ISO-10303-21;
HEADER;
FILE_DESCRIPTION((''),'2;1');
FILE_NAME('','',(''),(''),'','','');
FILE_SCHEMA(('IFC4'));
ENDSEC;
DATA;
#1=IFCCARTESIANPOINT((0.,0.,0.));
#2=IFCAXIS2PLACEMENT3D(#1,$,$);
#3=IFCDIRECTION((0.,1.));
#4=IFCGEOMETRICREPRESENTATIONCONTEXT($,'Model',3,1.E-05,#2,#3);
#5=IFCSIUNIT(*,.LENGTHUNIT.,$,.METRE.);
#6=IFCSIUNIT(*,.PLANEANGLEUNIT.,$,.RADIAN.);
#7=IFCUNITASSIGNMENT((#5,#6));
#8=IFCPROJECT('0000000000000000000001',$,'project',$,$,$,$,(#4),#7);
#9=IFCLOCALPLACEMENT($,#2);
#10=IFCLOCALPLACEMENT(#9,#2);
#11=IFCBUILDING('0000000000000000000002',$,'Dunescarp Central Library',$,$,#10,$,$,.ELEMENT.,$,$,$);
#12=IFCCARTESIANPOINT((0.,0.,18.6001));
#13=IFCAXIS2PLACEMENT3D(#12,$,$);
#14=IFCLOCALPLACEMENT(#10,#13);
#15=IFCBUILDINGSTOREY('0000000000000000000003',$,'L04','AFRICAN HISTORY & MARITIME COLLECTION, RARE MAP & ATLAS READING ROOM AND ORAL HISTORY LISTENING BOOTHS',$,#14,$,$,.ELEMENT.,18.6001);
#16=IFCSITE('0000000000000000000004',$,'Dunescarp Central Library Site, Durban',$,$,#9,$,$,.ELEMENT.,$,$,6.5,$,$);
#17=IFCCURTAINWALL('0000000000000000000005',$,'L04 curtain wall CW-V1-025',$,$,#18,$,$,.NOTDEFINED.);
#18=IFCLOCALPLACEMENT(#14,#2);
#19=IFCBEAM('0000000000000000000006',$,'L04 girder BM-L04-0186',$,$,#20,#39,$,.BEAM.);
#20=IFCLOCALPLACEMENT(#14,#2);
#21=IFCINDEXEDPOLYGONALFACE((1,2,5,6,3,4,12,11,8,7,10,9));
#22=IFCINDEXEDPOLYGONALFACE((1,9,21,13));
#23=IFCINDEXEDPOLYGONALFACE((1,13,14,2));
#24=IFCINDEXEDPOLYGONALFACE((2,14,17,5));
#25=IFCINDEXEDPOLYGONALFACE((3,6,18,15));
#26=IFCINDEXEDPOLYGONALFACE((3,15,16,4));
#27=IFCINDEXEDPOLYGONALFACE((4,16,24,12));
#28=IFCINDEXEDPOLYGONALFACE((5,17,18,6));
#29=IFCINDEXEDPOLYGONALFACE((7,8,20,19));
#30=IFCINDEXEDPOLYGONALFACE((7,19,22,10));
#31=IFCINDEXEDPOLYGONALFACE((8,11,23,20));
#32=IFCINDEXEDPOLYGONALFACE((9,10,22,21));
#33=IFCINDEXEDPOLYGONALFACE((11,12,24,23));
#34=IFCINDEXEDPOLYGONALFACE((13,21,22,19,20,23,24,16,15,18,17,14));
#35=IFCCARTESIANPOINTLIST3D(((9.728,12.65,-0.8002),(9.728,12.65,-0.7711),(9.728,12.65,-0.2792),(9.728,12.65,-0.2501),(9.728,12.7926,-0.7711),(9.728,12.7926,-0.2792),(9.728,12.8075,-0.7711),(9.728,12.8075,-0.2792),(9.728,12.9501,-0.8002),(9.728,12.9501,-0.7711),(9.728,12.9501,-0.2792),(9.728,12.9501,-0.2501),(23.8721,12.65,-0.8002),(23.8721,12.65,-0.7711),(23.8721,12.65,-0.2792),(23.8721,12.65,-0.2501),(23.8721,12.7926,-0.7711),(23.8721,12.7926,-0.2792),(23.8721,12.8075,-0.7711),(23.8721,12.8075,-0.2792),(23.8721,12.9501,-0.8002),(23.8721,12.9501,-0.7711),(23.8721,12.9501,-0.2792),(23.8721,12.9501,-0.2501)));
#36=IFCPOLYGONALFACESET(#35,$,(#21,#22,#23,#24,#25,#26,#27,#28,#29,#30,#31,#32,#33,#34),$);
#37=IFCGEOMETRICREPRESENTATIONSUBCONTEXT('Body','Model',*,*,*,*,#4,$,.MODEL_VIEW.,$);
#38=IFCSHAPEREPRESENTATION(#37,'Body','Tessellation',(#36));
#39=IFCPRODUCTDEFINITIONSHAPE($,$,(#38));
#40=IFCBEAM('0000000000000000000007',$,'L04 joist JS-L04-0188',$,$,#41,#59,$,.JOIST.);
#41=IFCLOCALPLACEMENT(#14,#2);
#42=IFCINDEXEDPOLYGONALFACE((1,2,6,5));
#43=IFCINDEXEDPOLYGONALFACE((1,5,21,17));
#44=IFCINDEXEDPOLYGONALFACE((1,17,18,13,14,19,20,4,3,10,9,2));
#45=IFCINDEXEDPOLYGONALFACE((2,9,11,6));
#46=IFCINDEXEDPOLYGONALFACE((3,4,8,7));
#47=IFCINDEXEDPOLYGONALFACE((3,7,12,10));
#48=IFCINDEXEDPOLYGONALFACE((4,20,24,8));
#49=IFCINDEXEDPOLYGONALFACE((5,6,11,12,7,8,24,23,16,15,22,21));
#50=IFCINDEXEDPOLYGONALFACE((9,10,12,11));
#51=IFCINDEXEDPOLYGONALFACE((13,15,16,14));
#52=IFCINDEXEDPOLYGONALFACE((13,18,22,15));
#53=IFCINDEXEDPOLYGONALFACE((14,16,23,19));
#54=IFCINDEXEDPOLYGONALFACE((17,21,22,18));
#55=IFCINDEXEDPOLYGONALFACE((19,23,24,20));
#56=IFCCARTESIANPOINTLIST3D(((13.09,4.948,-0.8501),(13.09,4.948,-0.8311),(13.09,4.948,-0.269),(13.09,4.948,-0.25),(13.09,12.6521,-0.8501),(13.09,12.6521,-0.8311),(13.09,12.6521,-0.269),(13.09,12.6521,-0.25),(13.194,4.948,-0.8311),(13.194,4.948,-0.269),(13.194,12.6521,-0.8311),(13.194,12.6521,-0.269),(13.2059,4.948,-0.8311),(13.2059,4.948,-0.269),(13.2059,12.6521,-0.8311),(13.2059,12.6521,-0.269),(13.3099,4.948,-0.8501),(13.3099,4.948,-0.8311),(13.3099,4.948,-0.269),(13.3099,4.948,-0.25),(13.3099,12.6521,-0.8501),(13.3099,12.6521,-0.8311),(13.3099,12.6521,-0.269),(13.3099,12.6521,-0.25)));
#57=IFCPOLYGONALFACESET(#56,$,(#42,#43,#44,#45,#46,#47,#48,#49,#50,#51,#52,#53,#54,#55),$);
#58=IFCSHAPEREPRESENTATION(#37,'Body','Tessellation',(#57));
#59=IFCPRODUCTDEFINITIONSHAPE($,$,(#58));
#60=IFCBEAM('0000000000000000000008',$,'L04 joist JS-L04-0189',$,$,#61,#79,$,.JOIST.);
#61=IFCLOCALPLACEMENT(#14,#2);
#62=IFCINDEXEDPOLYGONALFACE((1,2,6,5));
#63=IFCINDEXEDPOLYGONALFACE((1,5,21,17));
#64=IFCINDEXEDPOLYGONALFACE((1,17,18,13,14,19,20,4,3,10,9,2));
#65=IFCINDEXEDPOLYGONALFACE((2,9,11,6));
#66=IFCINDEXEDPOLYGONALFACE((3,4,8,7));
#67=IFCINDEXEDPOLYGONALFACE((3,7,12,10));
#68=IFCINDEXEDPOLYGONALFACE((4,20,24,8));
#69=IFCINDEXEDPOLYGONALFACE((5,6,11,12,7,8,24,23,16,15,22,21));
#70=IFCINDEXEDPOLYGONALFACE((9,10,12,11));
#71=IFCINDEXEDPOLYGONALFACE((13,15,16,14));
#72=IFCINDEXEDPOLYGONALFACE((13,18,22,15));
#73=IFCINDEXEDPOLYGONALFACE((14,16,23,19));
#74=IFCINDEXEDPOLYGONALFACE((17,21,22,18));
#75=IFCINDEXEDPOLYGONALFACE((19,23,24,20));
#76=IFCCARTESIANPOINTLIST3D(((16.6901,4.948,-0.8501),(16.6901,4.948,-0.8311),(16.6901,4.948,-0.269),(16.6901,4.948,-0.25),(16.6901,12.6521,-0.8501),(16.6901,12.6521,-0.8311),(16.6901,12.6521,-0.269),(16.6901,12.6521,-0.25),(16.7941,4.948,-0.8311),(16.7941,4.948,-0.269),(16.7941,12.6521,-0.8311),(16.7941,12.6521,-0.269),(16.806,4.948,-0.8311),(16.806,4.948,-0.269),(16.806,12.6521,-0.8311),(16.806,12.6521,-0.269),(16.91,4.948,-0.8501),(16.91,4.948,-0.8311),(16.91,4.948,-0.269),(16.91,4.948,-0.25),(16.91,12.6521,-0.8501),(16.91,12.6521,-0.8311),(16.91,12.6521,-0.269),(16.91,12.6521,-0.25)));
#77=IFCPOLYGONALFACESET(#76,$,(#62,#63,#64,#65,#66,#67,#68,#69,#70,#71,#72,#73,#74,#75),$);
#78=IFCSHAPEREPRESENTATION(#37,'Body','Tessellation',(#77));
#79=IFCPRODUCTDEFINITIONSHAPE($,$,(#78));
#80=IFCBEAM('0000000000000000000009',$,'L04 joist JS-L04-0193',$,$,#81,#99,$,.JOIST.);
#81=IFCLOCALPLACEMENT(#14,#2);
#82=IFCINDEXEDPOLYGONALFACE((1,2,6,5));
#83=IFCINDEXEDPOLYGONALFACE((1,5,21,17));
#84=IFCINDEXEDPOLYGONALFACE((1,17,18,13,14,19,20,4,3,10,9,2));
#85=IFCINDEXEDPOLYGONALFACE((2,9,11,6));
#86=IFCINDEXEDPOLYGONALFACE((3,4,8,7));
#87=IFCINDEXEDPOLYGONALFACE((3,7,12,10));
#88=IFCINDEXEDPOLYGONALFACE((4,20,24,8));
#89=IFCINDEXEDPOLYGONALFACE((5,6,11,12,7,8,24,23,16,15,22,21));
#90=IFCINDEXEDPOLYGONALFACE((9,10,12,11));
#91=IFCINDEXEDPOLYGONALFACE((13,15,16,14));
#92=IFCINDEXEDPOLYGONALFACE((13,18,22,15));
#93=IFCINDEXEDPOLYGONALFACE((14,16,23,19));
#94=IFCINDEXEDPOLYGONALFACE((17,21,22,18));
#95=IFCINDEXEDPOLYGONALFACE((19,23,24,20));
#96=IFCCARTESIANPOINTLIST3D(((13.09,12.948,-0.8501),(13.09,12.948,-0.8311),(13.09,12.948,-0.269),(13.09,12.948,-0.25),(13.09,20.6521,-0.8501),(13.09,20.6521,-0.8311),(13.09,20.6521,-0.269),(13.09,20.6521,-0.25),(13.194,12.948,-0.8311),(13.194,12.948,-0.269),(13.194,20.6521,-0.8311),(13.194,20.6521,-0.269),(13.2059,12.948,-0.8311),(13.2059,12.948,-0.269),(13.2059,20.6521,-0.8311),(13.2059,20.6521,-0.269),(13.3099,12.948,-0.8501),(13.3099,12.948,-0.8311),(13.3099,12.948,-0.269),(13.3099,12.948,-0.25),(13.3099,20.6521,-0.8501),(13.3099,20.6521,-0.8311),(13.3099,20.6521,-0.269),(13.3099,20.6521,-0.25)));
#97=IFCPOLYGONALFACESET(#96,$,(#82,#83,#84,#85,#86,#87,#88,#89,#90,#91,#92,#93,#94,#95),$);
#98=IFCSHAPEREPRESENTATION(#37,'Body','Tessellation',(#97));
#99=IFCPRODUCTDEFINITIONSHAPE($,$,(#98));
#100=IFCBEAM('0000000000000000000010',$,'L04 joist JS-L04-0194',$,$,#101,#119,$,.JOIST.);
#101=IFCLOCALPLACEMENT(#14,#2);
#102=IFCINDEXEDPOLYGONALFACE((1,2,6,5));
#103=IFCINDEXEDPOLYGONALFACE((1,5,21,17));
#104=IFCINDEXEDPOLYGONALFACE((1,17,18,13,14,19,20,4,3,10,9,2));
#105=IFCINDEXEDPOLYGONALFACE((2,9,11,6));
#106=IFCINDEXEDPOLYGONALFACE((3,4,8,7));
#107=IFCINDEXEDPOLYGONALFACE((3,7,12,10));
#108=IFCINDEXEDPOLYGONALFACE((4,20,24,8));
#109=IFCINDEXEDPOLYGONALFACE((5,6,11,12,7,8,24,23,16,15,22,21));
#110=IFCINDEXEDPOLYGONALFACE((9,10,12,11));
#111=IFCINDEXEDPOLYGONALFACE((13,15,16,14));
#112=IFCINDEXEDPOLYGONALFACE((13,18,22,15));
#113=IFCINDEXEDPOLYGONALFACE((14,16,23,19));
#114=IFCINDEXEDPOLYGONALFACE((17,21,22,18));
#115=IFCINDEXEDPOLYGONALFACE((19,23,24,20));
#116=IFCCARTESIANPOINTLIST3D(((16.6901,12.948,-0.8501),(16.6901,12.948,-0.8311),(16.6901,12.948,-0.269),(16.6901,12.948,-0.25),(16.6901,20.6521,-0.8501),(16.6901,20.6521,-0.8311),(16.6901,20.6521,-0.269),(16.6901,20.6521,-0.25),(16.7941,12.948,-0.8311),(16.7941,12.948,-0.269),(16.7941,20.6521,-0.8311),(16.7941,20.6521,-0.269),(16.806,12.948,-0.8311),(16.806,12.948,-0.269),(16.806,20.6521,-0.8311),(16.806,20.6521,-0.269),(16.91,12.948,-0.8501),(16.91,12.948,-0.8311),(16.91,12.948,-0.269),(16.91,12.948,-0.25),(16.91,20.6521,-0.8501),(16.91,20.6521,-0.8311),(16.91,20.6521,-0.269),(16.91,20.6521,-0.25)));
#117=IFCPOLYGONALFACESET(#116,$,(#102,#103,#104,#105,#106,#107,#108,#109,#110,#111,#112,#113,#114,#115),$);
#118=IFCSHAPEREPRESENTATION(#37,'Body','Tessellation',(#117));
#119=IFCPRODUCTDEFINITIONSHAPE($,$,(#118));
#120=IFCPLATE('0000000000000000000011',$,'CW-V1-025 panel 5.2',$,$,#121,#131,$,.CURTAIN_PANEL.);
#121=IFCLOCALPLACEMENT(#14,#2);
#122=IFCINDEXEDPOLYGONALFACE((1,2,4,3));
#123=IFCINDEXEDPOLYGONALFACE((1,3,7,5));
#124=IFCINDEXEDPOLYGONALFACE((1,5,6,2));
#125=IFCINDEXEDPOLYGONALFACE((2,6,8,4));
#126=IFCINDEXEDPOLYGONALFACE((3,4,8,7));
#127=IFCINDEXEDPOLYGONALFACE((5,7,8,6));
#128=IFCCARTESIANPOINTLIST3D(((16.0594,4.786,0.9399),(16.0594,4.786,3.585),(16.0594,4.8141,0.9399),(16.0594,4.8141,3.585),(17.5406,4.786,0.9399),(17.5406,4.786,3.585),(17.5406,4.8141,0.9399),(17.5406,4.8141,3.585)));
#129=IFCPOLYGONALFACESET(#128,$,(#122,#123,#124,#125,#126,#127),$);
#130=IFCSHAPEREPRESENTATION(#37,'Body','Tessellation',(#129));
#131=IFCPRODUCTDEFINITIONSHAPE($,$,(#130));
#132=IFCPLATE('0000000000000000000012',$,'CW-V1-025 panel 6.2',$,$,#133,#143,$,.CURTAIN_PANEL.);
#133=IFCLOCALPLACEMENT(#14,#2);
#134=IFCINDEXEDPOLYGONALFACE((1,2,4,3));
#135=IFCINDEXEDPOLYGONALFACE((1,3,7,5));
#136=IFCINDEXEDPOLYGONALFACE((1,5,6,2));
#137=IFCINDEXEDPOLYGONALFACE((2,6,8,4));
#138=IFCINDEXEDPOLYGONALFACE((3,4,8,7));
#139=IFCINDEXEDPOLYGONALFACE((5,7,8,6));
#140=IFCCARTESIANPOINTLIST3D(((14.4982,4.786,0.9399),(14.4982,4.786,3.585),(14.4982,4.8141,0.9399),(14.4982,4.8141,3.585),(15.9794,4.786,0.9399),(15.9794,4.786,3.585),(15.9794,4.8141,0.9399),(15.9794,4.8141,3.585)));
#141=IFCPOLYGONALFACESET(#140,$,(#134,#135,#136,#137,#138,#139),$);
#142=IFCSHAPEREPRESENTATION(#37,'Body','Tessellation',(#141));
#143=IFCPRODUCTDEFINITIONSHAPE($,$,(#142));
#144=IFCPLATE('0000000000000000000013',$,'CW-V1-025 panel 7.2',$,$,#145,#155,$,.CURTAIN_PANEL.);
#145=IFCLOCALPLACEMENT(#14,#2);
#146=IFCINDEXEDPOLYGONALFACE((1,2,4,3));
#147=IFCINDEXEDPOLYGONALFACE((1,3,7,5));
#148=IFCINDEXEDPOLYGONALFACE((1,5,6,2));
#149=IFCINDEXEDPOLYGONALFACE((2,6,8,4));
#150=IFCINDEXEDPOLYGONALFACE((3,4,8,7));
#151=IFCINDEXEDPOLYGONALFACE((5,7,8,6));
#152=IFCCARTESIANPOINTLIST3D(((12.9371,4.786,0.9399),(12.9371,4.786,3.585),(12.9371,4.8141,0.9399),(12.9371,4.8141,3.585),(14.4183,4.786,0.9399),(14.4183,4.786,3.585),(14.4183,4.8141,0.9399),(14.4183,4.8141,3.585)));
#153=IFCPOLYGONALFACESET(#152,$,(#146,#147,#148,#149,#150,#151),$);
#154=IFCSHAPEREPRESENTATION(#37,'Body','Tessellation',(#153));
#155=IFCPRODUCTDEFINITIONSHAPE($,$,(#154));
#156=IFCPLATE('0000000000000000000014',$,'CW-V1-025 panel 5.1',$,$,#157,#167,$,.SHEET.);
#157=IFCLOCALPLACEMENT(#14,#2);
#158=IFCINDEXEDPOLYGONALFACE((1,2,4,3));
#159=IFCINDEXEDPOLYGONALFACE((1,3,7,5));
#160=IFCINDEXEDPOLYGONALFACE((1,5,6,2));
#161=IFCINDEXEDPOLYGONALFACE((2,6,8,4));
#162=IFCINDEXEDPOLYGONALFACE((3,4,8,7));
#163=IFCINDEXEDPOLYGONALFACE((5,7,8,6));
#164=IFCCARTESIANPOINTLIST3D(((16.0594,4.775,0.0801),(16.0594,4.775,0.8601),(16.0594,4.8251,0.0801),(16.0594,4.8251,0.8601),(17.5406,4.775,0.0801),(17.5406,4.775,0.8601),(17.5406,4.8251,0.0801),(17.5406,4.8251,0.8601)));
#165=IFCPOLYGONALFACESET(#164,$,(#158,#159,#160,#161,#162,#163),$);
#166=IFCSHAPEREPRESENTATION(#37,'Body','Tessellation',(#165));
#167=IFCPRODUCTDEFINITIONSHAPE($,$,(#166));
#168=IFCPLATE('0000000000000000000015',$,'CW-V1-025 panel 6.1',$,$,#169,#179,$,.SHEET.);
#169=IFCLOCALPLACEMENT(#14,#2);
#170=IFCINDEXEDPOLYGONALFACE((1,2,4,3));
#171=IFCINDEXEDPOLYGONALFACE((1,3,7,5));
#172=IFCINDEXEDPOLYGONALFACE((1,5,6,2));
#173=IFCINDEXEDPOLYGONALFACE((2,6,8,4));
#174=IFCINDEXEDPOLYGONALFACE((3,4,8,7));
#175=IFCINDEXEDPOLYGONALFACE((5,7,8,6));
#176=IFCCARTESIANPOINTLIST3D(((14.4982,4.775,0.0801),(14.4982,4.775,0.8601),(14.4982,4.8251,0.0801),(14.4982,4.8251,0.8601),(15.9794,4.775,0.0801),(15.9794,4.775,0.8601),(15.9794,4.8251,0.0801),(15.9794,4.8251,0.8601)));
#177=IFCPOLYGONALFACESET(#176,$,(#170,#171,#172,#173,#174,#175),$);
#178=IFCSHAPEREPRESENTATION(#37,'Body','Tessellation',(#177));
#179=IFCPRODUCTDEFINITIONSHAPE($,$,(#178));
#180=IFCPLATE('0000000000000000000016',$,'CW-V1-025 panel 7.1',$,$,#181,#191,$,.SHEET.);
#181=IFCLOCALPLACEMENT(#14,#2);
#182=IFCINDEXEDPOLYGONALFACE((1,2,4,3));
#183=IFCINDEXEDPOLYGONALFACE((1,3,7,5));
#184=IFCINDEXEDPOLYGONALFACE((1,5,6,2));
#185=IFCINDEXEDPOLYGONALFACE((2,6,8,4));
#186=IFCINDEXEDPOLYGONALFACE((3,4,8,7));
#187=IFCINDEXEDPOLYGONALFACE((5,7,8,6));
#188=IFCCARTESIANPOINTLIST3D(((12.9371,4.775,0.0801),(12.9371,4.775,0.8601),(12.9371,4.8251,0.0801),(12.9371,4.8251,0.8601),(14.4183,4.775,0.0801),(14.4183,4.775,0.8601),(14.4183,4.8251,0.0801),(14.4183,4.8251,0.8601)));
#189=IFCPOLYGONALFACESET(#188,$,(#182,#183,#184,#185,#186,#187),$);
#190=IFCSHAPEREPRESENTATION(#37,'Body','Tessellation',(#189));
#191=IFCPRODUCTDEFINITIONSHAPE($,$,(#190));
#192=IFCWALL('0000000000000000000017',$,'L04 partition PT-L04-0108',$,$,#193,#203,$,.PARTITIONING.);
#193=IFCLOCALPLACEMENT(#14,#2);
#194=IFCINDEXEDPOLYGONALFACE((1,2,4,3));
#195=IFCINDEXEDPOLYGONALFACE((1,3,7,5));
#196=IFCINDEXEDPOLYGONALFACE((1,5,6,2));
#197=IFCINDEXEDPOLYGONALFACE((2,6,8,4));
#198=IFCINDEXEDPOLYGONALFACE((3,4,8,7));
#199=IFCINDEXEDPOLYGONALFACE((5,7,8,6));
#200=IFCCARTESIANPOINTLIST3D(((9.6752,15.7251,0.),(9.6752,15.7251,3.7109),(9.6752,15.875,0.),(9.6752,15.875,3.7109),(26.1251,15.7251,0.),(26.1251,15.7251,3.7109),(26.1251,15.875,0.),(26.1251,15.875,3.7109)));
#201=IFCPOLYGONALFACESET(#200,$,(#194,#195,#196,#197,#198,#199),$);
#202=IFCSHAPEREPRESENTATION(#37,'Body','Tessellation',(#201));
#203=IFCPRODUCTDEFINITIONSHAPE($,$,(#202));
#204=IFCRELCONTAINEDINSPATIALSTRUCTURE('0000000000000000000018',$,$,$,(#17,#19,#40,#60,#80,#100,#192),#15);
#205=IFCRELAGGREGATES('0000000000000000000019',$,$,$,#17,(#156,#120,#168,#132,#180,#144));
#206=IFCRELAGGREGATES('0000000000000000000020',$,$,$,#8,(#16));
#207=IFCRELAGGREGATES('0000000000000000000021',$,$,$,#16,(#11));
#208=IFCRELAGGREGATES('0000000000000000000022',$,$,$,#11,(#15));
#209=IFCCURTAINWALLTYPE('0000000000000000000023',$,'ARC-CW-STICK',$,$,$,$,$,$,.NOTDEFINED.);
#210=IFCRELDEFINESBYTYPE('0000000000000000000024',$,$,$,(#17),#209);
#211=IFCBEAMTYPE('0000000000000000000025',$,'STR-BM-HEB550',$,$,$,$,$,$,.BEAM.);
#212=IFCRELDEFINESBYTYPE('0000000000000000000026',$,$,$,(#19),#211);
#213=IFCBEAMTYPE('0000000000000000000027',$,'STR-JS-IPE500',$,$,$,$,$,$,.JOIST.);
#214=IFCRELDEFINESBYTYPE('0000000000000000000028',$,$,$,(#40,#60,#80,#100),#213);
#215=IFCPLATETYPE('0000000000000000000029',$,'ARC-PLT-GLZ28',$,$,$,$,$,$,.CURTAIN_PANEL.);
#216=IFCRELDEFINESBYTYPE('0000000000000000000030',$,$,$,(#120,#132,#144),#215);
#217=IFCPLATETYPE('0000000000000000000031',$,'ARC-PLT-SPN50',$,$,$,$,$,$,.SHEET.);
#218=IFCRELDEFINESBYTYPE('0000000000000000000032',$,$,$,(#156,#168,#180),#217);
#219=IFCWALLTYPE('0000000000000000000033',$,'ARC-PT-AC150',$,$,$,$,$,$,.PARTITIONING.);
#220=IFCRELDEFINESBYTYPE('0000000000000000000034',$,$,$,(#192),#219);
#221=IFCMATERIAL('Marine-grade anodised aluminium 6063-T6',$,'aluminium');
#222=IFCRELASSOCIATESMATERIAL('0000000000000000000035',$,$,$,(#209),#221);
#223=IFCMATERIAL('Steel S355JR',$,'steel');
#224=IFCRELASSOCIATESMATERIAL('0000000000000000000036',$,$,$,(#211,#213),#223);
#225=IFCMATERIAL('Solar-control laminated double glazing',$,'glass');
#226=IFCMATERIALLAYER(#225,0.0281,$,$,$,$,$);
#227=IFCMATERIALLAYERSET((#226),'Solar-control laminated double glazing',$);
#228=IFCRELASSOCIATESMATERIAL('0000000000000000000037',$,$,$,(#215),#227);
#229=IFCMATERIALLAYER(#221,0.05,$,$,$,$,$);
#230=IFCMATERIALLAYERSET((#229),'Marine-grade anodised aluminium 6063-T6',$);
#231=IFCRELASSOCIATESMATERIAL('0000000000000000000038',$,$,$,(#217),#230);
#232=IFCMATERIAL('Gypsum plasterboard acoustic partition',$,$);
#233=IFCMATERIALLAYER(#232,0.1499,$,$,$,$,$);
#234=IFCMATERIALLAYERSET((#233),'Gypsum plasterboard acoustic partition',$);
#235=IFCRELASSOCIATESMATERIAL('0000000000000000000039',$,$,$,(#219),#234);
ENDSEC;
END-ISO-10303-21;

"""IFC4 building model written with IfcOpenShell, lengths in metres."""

from ifc_helpers import new_model, si_unit, direction, frame, frame_2d, origin, origin_2d, place, context, subcontext, project, spatial, rectangle, i_section, extrude, material, layer, layer_set, material_profile, profile_set, type_object, element, aggregate, save


model = new_model("IFC4")

# Units and contexts
model_context = context("Model", 3, precision=1e-05, world=origin(), true_north=direction((0.0, 1.0)))
body_context = subcontext(model_context, "Body", "Model", "MODEL_VIEW")
ifc_project = project(units=[si_unit("LENGTHUNIT", "METRE"), si_unit("PLANEANGLEUNIT", "RADIAN")], contexts=[model_context])

# Site, building, storey
site_placement = place(None, origin())
site = spatial("IfcSite", under=ifc_project, at=site_placement, Name="Dunescarp Central Library Site, Durban", CompositionType="ELEMENT", RefElevation=6.5)
building_placement = place(site_placement, origin())
building = spatial("IfcBuilding", under=site, at=building_placement, Name="Dunescarp Central Library", CompositionType="ELEMENT")
storey_placement = place(building_placement, frame((0.0, 0.0, 18.6001)))
storey = spatial("IfcBuildingStorey", under=building, at=storey_placement, Name="L04", Description="AFRICAN HISTORY & MARITIME COLLECTION, RARE MAP & ATLAS READING ROOM AND ORAL HISTORY LISTENING BOOTHS", CompositionType="ELEMENT", Elevation=18.6001)

# Shared definitions
ifc_material_1 = material(Name="Steel S355JR", Category="steel")

# Curtain wall
ifc_material_2 = material(Name="Marine-grade anodised aluminium 6063-T6", Category="aluminium")
curtain_wall_type = type_object("IfcCurtainWallType", Name="ARC-CW-STICK", PredefinedType="NOTDEFINED", material=ifc_material_2)
curtain_wall_placement = place(storey_placement, origin())
curtain_wall = element("IfcCurtainWall", 1, at=curtain_wall_placement, inside=storey, type_object=curtain_wall_type, Name="L04 curtain wall CW-V1-025", PredefinedType="NOTDEFINED")

# Beams
ifc_material_profile_1 = material_profile(ifc_material_1, i_section(OverallWidth=0.3, OverallDepth=0.55, WebThickness=0.0149, FlangeThickness=0.0291, at=origin_2d()), Name="HEB 550")
ifc_profile_set_1 = profile_set([ifc_material_profile_1], Name="Steel S355JR")
beam_type_1 = type_object("IfcBeamType", Name="STR-BM-HEB550", PredefinedType="BEAM", material=ifc_profile_set_1)
beam_placement = place(storey_placement, frame((9.728, 12.8, -0.5251), z_axis=(1.0, 0.0, 0.0), x_axis=(0.0, 1.0, 0.0)))
element("IfcBeam", 2, at=beam_placement, inside=storey, type_object=beam_type_1, Name="L04 girder BM-L04-0186", PredefinedType="BEAM", context=body_context, shape_type="SweptSolid", body=[
    extrude(i_section(OverallWidth=0.3, OverallDepth=0.55, WebThickness=0.0149, FlangeThickness=0.0291, at=origin_2d()), origin(), (0.0, 0.0, 1.0), 14.144),
])
ifc_material_profile_2 = material_profile(ifc_material_1, i_section(OverallWidth=0.22, OverallDepth=0.6001, WebThickness=0.012, FlangeThickness=0.019, at=origin_2d()), Name="IPE 600")
ifc_profile_set_2 = profile_set([ifc_material_profile_2], Name="Steel S355JR")
beam_type_2 = type_object("IfcBeamType", Name="STR-JS-IPE500", PredefinedType="JOIST", material=ifc_profile_set_2)
for number, where, z_axis, x_axis, name in (
    (3, (13.2, 4.948, -0.55), (0.0, 1.0, 0.0), (-1.0, 0.0, 0.0), "L04 joist JS-L04-0188"),
    (4, (16.8, 4.948, -0.55), (0.0, 1.0, 0.0), (-1.0, 0.0, 0.0), "L04 joist JS-L04-0189"),
    (5, (13.2, 12.948, -0.55), (0.0, 1.0, 0.0), (-1.0, 0.0, 0.0), "L04 joist JS-L04-0193"),
    (6, (16.8, 12.948, -0.55), (0.0, 1.0, 0.0), (-1.0, 0.0, 0.0), "L04 joist JS-L04-0194"),
):
    element("IfcBeam", number, at=place(storey_placement, frame(where, z_axis=z_axis, x_axis=x_axis)), inside=storey, type_object=beam_type_2, Name=name, PredefinedType="JOIST", context=body_context, shape_type="SweptSolid", body=[
        extrude(i_section(OverallWidth=0.22, OverallDepth=0.6001, WebThickness=0.012, FlangeThickness=0.019, at=origin_2d()), origin(), (0.0, 0.0, 1.0), 7.7041),
    ])

# Plates
ifc_material_3 = material(Name="Solar-control laminated double glazing", Category="glass")
ifc_layer_1 = layer(ifc_material_3, 0.0281)
ifc_layer_set_1 = layer_set([ifc_layer_1], Name="Solar-control laminated double glazing")
plate_type_1 = type_object("IfcPlateType", Name="ARC-PLT-GLZ28", PredefinedType="CURTAIN_PANEL", material=ifc_layer_set_1)
plate_1_placement = place(storey_placement, frame((16.8, 4.8, 0.9399), z_axis=(0.0, 0.0, 1.0), x_axis=(-1.0, 0.0, 0.0)))
plate_1 = element("IfcPlate", 7, at=plate_1_placement, type_object=plate_type_1, Name="CW-V1-025 panel 5.2", PredefinedType="CURTAIN_PANEL", context=body_context, shape_type="SweptSolid", body=[
    extrude(rectangle(XDim=1.4812, YDim=0.0281, at=origin_2d()), origin(), (0.0, 0.0, 1.0), 2.645),
])
plate_2_placement = place(storey_placement, frame((15.2388, 4.8, 0.9399), z_axis=(0.0, 0.0, 1.0), x_axis=(-1.0, 0.0, 0.0)))
plate_2 = element("IfcPlate", 8, at=plate_2_placement, type_object=plate_type_1, Name="CW-V1-025 panel 6.2", PredefinedType="CURTAIN_PANEL", context=body_context, shape_type="SweptSolid", body=[
    extrude(rectangle(XDim=1.4812, YDim=0.0281, at=origin_2d()), origin(), (0.0, 0.0, 1.0), 2.645),
])
plate_3_placement = place(storey_placement, frame((13.6777, 4.8, 0.9399), z_axis=(0.0, 0.0, 1.0), x_axis=(-1.0, 0.0, 0.0)))
plate_3 = element("IfcPlate", 9, at=plate_3_placement, type_object=plate_type_1, Name="CW-V1-025 panel 7.2", PredefinedType="CURTAIN_PANEL", context=body_context, shape_type="SweptSolid", body=[
    extrude(rectangle(XDim=1.4812, YDim=0.0281, at=origin_2d()), origin(), (0.0, 0.0, 1.0), 2.645),
])
ifc_layer_2 = layer(ifc_material_2, 0.05)
ifc_layer_set_2 = layer_set([ifc_layer_2], Name="Marine-grade anodised aluminium 6063-T6")
plate_type_2 = type_object("IfcPlateType", Name="ARC-PLT-SPN50", PredefinedType="SHEET", material=ifc_layer_set_2)
plate_4_placement = place(storey_placement, frame((16.8, 4.8, 0.0801), z_axis=(0.0, 0.0, 1.0), x_axis=(-1.0, 0.0, 0.0)))
plate_4 = element("IfcPlate", 10, at=plate_4_placement, type_object=plate_type_2, Name="CW-V1-025 panel 5.1", PredefinedType="SHEET", context=body_context, shape_type="SweptSolid", body=[
    extrude(rectangle(XDim=1.4812, YDim=0.05, at=origin_2d()), origin(), (0.0, 0.0, 1.0), 0.78),
])
plate_5_placement = place(storey_placement, frame((15.2388, 4.8, 0.0801), z_axis=(0.0, 0.0, 1.0), x_axis=(-1.0, 0.0, 0.0)))
plate_5 = element("IfcPlate", 11, at=plate_5_placement, type_object=plate_type_2, Name="CW-V1-025 panel 6.1", PredefinedType="SHEET", context=body_context, shape_type="SweptSolid", body=[
    extrude(rectangle(XDim=1.4812, YDim=0.05, at=origin_2d()), origin(), (0.0, 0.0, 1.0), 0.78),
])
plate_6_placement = place(storey_placement, frame((13.6777, 4.8, 0.0801), z_axis=(0.0, 0.0, 1.0), x_axis=(-1.0, 0.0, 0.0)))
plate_6 = element("IfcPlate", 12, at=plate_6_placement, type_object=plate_type_2, Name="CW-V1-025 panel 7.1", PredefinedType="SHEET", context=body_context, shape_type="SweptSolid", body=[
    extrude(rectangle(XDim=1.4812, YDim=0.05, at=origin_2d()), origin(), (0.0, 0.0, 1.0), 0.78),
])
aggregate(curtain_wall, [plate_4, plate_1, plate_5, plate_2, plate_6, plate_3])

# Wall
ifc_material_4 = material(Name="Gypsum plasterboard acoustic partition")
ifc_layer_3 = layer(ifc_material_4, 0.1499)
ifc_layer_set_3 = layer_set([ifc_layer_3], Name="Gypsum plasterboard acoustic partition")
wall_type = type_object("IfcWallType", Name="ARC-PT-AC150", PredefinedType="PARTITIONING", material=ifc_layer_set_3)
wall_1_placement = place(storey_placement, frame((9.675, 15.8, 0.0), z_axis=(0.0, 0.0, 1.0), x_axis=(1.0, 0.0, 0.0)))
element("IfcWall", 13, at=wall_1_placement, inside=storey, type_object=wall_type, Name="L04 partition PT-L04-0108", PredefinedType="PARTITIONING", context=body_context, shape_type="SweptSolid", body=[
    extrude(rectangle(XDim=16.45, YDim=0.1499, at=frame_2d((8.2251, 0.0))), origin(), (0.0, 0.0, 1.0), 3.7109),
])

save(model, "model.ifc")
